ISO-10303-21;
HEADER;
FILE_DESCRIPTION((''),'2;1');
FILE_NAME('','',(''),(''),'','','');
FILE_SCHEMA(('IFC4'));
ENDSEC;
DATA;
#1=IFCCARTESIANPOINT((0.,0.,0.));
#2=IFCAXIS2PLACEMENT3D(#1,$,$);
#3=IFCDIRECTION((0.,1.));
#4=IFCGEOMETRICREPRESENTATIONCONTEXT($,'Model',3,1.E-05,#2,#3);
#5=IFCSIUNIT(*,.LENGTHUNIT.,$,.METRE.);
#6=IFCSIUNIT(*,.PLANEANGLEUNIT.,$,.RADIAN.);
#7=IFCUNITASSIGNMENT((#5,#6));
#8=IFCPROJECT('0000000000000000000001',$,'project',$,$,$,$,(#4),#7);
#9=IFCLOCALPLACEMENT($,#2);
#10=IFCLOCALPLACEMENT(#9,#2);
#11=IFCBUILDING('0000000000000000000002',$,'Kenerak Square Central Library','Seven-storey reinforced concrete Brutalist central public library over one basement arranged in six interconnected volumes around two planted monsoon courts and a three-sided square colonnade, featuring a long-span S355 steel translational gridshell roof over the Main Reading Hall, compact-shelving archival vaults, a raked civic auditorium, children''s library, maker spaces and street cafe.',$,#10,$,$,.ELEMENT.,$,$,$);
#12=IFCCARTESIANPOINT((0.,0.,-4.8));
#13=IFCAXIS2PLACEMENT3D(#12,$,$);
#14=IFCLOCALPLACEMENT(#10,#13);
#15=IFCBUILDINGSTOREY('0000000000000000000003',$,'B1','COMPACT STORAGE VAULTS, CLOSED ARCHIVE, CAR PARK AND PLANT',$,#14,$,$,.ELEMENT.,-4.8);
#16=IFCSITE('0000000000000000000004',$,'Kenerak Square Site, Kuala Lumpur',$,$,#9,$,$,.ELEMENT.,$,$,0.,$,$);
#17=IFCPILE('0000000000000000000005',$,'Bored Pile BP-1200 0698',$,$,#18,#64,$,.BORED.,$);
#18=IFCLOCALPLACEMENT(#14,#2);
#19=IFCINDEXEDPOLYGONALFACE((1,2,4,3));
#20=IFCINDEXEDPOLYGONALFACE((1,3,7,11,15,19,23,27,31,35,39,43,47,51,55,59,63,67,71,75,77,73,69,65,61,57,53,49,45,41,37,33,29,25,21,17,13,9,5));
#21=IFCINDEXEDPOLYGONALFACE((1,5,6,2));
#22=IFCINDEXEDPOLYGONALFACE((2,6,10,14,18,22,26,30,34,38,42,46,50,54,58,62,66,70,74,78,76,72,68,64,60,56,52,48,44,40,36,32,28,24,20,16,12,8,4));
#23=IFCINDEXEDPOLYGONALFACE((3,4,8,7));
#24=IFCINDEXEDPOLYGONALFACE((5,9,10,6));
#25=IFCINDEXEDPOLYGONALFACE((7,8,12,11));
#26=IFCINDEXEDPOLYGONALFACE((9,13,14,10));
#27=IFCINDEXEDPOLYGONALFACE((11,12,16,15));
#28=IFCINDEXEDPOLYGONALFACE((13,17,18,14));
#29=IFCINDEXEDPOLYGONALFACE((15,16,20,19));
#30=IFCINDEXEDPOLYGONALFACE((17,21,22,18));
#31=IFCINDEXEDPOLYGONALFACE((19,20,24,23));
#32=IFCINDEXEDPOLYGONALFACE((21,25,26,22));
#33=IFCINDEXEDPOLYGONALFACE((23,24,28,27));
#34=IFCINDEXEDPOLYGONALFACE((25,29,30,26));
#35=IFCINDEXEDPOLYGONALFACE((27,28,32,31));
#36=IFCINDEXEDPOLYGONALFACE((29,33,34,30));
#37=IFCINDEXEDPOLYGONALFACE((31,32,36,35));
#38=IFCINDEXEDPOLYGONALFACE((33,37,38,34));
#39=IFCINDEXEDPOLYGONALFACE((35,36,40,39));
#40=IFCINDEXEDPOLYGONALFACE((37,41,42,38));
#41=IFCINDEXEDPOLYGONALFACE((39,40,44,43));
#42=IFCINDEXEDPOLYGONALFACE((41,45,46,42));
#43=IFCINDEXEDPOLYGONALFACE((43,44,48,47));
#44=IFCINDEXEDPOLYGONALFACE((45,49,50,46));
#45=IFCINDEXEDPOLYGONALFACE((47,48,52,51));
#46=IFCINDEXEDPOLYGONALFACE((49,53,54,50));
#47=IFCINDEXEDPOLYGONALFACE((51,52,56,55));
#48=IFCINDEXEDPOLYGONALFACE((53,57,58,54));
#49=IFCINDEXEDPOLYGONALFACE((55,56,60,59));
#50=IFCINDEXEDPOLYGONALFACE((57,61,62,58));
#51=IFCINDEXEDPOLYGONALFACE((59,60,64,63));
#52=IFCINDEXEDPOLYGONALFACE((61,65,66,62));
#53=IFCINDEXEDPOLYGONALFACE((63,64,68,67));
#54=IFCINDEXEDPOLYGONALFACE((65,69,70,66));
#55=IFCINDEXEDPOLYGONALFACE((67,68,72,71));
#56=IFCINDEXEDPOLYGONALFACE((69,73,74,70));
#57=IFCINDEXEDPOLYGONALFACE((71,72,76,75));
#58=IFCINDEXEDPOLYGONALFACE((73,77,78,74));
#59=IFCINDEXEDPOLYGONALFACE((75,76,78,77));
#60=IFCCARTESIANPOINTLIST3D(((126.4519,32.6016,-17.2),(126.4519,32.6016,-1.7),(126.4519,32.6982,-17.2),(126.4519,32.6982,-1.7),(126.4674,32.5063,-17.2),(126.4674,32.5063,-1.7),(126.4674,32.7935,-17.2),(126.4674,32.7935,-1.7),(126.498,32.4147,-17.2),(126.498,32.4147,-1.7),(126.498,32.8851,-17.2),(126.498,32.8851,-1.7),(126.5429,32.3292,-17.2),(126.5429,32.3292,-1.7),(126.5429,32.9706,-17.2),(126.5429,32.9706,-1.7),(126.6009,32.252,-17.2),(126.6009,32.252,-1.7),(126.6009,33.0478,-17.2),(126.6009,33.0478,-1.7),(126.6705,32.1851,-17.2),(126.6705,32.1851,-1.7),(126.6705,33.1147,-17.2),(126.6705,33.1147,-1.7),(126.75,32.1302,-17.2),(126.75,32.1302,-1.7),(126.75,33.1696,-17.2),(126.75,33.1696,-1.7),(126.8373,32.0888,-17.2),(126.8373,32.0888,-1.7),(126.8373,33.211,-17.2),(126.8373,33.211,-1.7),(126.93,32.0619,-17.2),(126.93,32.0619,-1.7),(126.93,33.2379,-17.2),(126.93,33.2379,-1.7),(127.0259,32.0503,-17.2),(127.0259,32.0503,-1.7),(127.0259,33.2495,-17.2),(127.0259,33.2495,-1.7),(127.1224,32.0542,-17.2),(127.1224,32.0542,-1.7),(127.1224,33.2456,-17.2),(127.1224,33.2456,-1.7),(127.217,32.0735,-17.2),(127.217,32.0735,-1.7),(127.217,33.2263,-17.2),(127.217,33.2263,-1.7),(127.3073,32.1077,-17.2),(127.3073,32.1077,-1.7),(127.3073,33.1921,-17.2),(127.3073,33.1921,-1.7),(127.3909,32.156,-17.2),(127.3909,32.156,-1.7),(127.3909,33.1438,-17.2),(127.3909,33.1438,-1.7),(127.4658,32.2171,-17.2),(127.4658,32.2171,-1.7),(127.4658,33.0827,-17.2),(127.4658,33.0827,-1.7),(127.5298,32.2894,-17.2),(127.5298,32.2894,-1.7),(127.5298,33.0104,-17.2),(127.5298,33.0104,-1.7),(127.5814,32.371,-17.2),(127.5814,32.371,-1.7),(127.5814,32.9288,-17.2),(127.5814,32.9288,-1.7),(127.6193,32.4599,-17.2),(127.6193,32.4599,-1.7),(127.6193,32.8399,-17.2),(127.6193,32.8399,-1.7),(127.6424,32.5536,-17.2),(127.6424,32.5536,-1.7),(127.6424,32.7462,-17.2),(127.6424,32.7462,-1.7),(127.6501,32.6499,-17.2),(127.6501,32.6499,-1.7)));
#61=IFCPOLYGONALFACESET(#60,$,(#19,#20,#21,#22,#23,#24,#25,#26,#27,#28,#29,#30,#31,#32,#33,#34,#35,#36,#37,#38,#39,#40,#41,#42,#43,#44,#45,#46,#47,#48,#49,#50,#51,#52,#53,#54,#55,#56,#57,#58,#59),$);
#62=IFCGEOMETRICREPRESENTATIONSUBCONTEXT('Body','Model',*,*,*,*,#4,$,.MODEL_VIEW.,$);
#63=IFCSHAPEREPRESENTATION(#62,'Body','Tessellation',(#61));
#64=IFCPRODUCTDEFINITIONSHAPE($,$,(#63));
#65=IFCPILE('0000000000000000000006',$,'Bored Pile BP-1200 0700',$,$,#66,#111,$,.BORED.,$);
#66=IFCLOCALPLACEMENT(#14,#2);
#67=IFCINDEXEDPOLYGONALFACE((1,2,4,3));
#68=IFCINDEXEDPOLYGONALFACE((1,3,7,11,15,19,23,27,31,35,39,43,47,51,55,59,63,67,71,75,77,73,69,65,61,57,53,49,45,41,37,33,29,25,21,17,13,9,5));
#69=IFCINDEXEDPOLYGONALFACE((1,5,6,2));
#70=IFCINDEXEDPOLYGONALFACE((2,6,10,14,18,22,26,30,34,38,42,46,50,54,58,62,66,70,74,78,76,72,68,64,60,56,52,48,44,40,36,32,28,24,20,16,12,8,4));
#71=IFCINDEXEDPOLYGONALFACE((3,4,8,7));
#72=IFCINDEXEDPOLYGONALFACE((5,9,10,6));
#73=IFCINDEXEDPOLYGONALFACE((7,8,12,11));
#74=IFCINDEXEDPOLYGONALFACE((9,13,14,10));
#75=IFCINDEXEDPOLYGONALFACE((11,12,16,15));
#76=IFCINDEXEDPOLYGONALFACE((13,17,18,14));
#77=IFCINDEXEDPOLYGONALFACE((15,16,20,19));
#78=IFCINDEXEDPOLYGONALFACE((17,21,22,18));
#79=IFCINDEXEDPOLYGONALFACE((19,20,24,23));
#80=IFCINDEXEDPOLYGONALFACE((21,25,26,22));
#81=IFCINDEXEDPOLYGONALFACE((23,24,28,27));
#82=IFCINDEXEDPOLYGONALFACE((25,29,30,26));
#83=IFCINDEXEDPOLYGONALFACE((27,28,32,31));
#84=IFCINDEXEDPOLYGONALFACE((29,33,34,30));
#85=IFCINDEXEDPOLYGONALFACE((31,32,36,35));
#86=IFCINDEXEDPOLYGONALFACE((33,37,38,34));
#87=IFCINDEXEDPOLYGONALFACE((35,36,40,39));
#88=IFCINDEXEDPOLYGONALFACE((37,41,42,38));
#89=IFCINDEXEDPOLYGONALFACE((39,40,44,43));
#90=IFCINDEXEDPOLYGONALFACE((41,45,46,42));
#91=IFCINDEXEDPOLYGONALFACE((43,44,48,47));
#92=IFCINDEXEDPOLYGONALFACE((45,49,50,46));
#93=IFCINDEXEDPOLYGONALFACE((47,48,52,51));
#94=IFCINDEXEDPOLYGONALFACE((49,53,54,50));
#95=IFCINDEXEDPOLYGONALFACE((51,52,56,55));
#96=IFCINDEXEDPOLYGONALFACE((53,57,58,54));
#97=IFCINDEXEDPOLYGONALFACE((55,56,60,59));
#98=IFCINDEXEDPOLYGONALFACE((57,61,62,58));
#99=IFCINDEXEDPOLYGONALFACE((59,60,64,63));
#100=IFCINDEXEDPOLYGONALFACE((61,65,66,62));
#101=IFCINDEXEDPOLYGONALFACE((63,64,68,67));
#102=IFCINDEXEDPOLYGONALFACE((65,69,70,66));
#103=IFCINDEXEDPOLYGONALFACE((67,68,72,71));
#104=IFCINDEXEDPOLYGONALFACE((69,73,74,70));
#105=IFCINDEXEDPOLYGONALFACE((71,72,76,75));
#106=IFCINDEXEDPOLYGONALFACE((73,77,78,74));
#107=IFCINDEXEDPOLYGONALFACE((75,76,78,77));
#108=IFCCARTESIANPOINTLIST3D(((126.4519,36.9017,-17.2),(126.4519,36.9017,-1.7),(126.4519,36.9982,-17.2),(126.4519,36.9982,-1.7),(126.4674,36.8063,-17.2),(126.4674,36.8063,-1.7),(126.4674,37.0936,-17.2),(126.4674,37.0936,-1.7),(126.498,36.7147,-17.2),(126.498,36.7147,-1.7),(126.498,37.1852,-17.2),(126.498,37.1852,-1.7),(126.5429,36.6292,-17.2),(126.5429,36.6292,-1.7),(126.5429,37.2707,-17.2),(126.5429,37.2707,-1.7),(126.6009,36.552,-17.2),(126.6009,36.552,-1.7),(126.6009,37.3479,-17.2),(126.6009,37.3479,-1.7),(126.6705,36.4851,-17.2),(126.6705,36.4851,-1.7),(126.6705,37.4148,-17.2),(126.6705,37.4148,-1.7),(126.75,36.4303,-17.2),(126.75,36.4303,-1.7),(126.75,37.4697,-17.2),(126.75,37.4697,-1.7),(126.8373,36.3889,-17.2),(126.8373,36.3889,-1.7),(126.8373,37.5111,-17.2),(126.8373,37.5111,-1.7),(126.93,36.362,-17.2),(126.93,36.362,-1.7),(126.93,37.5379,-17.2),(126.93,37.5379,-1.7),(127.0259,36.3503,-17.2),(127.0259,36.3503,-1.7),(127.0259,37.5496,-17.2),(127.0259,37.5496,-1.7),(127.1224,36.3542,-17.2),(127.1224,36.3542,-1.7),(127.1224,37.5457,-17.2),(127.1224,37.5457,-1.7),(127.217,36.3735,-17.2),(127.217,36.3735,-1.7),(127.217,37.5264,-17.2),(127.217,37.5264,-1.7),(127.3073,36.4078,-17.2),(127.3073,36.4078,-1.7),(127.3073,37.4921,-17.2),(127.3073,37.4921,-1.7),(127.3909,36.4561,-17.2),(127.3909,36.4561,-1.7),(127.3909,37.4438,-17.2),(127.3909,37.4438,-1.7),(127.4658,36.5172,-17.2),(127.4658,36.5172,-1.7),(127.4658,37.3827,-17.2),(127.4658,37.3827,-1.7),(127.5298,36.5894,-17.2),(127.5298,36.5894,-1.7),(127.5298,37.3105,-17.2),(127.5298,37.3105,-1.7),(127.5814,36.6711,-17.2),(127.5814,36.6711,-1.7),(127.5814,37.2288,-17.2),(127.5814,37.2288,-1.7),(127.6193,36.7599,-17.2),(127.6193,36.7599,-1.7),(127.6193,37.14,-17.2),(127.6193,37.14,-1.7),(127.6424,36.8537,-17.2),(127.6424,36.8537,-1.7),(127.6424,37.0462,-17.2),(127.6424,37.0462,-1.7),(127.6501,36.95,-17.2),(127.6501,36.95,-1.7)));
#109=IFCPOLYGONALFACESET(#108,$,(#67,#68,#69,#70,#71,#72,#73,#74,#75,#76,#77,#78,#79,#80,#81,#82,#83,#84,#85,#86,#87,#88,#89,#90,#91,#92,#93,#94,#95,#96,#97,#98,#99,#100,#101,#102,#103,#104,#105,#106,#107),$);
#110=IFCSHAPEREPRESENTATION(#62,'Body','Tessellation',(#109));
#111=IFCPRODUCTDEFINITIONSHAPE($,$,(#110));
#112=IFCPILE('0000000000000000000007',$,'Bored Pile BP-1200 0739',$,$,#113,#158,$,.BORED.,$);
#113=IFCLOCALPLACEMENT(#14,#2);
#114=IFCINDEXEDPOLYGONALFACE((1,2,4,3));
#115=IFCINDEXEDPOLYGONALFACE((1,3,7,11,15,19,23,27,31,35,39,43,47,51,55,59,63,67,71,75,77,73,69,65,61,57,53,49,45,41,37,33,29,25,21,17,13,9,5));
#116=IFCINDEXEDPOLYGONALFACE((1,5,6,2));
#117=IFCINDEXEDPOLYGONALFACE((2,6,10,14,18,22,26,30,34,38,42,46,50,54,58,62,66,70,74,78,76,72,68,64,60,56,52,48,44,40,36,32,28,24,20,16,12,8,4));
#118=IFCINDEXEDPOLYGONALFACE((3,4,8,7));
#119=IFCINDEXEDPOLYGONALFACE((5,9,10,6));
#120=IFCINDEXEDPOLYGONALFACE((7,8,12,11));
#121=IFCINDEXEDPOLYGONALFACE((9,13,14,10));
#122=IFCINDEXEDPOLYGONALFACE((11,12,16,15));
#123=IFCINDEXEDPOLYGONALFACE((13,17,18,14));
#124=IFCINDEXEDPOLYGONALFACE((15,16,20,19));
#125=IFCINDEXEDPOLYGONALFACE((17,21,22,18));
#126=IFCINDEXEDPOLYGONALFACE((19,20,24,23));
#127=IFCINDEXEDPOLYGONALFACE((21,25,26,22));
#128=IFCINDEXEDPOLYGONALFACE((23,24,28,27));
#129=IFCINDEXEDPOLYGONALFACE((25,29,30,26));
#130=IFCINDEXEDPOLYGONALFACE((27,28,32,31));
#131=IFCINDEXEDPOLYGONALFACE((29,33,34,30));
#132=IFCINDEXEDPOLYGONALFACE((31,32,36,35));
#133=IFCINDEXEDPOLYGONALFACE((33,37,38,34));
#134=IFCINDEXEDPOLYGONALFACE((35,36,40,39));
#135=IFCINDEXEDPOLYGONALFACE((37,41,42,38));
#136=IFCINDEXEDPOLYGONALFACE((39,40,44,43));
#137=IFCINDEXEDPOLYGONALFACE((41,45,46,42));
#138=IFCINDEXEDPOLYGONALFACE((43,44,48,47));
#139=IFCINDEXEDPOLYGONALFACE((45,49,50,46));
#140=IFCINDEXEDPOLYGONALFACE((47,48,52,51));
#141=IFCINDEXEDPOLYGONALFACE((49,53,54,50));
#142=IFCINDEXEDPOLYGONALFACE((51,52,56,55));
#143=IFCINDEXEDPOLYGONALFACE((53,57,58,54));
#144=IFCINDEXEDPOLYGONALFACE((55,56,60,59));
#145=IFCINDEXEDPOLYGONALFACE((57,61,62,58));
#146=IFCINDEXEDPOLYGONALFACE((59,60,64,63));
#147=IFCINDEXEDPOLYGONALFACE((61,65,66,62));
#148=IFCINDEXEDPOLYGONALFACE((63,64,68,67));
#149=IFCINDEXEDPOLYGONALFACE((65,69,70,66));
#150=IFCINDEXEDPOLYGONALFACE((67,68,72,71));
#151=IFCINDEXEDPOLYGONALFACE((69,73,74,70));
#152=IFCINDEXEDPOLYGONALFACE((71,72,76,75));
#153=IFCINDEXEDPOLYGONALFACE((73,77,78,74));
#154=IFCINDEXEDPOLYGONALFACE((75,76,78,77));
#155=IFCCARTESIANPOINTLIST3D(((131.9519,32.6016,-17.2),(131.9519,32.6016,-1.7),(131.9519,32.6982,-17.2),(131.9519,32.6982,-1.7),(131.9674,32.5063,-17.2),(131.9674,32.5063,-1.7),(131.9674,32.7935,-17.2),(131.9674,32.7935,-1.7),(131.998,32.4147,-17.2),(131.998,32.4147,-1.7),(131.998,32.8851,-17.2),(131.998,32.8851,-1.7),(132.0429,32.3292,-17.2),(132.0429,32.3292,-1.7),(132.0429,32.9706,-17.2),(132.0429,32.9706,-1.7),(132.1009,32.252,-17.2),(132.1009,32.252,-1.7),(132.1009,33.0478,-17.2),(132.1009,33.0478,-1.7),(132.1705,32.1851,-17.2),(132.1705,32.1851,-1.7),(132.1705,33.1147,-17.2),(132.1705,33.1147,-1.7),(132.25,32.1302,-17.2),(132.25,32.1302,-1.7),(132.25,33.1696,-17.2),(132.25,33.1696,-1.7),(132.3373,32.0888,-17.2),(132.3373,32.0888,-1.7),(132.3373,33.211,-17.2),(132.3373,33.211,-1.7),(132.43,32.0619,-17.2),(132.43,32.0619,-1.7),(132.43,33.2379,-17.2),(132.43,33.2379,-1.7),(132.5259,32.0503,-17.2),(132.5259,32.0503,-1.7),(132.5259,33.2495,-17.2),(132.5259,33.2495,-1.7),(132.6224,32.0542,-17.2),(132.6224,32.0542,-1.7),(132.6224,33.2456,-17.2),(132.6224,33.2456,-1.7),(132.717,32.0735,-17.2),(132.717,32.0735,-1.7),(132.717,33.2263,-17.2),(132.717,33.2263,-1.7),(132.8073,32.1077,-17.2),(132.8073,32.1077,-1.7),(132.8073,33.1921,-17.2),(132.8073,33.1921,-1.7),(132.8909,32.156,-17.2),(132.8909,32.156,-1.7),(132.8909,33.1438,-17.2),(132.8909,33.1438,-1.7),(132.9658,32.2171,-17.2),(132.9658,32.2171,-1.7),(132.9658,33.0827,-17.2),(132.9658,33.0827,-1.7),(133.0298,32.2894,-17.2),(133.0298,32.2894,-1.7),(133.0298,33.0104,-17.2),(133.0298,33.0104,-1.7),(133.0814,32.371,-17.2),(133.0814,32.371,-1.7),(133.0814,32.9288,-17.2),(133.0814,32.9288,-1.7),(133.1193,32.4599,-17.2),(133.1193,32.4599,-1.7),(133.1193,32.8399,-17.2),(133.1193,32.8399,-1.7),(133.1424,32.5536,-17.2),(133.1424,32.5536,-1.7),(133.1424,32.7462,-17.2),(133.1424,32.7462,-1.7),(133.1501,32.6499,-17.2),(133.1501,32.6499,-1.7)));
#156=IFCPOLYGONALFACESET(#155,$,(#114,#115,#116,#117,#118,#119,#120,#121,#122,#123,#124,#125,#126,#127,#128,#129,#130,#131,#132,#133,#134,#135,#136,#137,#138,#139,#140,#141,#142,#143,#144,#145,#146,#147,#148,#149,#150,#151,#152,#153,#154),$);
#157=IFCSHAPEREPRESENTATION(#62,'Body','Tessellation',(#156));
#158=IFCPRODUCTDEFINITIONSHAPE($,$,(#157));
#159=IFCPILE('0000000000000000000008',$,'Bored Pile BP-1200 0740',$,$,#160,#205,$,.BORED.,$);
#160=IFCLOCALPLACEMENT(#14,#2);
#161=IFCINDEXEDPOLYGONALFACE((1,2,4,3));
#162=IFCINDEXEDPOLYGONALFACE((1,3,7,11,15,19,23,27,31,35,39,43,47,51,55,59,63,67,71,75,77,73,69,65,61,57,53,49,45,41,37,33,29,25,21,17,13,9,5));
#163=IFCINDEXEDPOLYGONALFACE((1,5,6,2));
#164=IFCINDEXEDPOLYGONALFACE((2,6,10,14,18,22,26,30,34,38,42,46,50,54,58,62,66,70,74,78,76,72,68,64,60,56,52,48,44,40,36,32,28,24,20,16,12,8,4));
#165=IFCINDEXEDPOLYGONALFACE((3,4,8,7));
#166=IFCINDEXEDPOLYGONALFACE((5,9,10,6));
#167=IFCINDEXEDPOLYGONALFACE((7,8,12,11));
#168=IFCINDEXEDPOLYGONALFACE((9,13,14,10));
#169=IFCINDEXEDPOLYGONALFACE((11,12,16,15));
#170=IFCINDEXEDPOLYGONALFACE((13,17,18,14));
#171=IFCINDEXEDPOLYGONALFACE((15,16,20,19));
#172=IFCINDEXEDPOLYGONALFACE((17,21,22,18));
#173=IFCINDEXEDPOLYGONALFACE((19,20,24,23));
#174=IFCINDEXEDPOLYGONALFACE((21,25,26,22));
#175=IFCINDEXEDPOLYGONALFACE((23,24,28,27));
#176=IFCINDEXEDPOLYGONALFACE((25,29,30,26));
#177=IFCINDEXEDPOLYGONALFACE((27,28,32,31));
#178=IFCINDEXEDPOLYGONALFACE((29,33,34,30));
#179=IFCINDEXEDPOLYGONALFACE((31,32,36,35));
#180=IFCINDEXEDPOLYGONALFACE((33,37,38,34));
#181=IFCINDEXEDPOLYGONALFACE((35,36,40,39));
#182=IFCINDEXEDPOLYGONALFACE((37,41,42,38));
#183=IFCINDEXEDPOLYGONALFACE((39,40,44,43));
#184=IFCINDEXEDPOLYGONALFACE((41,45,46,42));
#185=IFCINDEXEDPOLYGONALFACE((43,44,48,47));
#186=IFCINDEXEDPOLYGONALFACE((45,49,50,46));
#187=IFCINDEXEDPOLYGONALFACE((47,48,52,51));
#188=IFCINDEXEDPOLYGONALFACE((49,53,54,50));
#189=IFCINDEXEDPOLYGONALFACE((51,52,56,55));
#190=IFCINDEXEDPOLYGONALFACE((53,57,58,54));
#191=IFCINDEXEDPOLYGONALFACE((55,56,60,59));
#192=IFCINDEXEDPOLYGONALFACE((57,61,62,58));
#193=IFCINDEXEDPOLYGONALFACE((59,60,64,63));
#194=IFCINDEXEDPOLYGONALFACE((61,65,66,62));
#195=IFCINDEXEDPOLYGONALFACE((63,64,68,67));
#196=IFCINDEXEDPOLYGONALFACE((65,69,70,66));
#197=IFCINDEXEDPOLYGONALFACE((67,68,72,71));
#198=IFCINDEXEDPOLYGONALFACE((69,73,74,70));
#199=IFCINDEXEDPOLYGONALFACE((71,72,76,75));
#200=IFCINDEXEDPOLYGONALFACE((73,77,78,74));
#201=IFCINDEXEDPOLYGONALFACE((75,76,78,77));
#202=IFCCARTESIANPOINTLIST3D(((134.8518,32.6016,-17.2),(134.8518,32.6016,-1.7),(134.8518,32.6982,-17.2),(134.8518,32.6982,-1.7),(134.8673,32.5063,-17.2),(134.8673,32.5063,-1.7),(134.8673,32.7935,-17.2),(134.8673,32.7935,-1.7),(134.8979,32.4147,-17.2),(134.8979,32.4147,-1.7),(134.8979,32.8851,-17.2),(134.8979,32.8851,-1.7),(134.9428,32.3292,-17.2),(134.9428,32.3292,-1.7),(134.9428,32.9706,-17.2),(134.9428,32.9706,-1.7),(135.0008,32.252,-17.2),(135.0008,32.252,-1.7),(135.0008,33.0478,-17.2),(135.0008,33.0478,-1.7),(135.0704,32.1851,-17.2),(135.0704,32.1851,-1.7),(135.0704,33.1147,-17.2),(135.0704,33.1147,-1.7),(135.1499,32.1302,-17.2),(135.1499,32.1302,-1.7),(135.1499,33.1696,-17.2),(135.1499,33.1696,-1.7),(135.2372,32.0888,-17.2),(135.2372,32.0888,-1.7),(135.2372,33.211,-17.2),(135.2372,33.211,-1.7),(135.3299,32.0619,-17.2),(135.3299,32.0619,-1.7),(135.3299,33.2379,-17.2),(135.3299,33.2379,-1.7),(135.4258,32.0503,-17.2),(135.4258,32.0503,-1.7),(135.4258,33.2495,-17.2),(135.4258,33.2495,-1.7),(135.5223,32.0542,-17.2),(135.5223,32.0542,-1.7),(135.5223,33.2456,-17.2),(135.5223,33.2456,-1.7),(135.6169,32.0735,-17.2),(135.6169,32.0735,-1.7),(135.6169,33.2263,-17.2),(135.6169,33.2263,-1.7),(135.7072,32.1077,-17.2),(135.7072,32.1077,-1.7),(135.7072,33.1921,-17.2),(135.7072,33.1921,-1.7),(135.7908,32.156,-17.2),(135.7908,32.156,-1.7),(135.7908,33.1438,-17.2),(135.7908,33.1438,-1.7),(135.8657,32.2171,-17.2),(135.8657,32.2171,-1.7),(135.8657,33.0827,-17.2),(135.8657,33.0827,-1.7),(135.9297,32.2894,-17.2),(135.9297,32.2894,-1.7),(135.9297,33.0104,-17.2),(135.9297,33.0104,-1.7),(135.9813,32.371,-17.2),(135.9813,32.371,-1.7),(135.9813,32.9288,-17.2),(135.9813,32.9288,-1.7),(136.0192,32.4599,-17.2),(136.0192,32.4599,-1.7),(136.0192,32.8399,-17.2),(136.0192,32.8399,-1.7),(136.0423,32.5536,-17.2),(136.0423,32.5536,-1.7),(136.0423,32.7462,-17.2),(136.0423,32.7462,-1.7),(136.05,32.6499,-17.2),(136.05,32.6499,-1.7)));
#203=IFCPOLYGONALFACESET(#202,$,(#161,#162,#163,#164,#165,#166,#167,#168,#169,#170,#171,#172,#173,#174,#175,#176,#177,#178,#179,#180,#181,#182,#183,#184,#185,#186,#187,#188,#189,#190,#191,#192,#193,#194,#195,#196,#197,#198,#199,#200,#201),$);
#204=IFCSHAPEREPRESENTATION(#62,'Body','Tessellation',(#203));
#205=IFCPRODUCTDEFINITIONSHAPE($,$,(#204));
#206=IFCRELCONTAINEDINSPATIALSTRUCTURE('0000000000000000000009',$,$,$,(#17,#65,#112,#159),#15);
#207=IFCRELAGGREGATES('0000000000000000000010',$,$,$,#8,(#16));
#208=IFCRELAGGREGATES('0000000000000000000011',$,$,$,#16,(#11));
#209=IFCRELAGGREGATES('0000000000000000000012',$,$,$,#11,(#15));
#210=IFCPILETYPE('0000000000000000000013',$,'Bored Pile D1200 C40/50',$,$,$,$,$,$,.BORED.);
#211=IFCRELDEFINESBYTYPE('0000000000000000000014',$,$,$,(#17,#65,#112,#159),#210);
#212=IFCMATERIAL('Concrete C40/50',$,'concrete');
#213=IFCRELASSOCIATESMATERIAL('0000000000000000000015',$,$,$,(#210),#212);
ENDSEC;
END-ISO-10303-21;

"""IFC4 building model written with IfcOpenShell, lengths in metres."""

from ifc_helpers import new_model, si_unit, direction, frame, origin, origin_2d, place, context, subcontext, project, spatial, circle, extrude, material, material_profile, profile_set, type_object, element, save


model = new_model("IFC4")

# Units and contexts
model_context = context("Model", 3, precision=1e-05, world=origin(), true_north=direction((0.0, 1.0)))
body_context = subcontext(model_context, "Body", "Model", "MODEL_VIEW")
ifc_project = project(units=[si_unit("LENGTHUNIT", "METRE"), si_unit("PLANEANGLEUNIT", "RADIAN")], contexts=[model_context])

# Site, building, storey
site_placement = place(None, origin())
site = spatial("IfcSite", under=ifc_project, at=site_placement, Name="Kenerak Square Site, Kuala Lumpur", CompositionType="ELEMENT", RefElevation=0.0)
building_placement = place(site_placement, origin())
building = spatial("IfcBuilding", under=site, at=building_placement, Name="Kenerak Square Central Library", Description="Seven-storey reinforced concrete Brutalist central public library over one basement arranged in six interconnected volumes around two planted monsoon courts and a three-sided square colonnade, featuring a long-span S355 steel translational gridshell roof over the Main Reading Hall, compact-shelving archival vaults, a raked civic auditorium, children's library, maker spaces and street cafe.", CompositionType="ELEMENT")
storey_placement = place(building_placement, frame((0.0, 0.0, -4.8)))
storey = spatial("IfcBuildingStorey", under=building, at=storey_placement, Name="B1", Description="COMPACT STORAGE VAULTS, CLOSED ARCHIVE, CAR PARK AND PLANT", CompositionType="ELEMENT", Elevation=-4.8)

# Piles
ifc_material_1 = material(Name="Concrete C40/50", Category="concrete")
ifc_material_profile_1 = material_profile(ifc_material_1, circle(Radius=0.6001, at=origin_2d()), Name="BP D1200")
ifc_profile_set_1 = profile_set([ifc_material_profile_1], Name="Concrete C40/50")
pile_type_1 = type_object("IfcPileType", Name="Bored Pile D1200 C40/50", PredefinedType="BORED", material=ifc_profile_set_1)
for number, where, z_axis, x_axis, name in (
    (1, (127.05, 32.6499, -1.7), (0.0, 0.0, -1.0), (1.0, 0.0, 0.0), "Bored Pile BP-1200 0698"),
    (2, (127.05, 36.95, -1.7), (0.0, 0.0, -1.0), (1.0, 0.0, 0.0), "Bored Pile BP-1200 0700"),
    (3, (132.55, 32.6499, -1.7), (0.0, 0.0, -1.0), (1.0, 0.0, 0.0), "Bored Pile BP-1200 0739"),
    (4, (135.45, 32.6499, -1.7), (0.0, 0.0, -1.0), (1.0, 0.0, 0.0), "Bored Pile BP-1200 0740"),
):
    element("IfcPile", number, at=place(storey_placement, frame(where, z_axis=z_axis, x_axis=x_axis)), inside=storey, type_object=pile_type_1, Name=name, PredefinedType="BORED", context=body_context, shape_type="SweptSolid", body=[
        extrude(circle(Radius=0.6001, at=origin_2d()), origin(), (0.0, 0.0, 1.0), 15.5),
    ])

save(model, "model.ifc")
